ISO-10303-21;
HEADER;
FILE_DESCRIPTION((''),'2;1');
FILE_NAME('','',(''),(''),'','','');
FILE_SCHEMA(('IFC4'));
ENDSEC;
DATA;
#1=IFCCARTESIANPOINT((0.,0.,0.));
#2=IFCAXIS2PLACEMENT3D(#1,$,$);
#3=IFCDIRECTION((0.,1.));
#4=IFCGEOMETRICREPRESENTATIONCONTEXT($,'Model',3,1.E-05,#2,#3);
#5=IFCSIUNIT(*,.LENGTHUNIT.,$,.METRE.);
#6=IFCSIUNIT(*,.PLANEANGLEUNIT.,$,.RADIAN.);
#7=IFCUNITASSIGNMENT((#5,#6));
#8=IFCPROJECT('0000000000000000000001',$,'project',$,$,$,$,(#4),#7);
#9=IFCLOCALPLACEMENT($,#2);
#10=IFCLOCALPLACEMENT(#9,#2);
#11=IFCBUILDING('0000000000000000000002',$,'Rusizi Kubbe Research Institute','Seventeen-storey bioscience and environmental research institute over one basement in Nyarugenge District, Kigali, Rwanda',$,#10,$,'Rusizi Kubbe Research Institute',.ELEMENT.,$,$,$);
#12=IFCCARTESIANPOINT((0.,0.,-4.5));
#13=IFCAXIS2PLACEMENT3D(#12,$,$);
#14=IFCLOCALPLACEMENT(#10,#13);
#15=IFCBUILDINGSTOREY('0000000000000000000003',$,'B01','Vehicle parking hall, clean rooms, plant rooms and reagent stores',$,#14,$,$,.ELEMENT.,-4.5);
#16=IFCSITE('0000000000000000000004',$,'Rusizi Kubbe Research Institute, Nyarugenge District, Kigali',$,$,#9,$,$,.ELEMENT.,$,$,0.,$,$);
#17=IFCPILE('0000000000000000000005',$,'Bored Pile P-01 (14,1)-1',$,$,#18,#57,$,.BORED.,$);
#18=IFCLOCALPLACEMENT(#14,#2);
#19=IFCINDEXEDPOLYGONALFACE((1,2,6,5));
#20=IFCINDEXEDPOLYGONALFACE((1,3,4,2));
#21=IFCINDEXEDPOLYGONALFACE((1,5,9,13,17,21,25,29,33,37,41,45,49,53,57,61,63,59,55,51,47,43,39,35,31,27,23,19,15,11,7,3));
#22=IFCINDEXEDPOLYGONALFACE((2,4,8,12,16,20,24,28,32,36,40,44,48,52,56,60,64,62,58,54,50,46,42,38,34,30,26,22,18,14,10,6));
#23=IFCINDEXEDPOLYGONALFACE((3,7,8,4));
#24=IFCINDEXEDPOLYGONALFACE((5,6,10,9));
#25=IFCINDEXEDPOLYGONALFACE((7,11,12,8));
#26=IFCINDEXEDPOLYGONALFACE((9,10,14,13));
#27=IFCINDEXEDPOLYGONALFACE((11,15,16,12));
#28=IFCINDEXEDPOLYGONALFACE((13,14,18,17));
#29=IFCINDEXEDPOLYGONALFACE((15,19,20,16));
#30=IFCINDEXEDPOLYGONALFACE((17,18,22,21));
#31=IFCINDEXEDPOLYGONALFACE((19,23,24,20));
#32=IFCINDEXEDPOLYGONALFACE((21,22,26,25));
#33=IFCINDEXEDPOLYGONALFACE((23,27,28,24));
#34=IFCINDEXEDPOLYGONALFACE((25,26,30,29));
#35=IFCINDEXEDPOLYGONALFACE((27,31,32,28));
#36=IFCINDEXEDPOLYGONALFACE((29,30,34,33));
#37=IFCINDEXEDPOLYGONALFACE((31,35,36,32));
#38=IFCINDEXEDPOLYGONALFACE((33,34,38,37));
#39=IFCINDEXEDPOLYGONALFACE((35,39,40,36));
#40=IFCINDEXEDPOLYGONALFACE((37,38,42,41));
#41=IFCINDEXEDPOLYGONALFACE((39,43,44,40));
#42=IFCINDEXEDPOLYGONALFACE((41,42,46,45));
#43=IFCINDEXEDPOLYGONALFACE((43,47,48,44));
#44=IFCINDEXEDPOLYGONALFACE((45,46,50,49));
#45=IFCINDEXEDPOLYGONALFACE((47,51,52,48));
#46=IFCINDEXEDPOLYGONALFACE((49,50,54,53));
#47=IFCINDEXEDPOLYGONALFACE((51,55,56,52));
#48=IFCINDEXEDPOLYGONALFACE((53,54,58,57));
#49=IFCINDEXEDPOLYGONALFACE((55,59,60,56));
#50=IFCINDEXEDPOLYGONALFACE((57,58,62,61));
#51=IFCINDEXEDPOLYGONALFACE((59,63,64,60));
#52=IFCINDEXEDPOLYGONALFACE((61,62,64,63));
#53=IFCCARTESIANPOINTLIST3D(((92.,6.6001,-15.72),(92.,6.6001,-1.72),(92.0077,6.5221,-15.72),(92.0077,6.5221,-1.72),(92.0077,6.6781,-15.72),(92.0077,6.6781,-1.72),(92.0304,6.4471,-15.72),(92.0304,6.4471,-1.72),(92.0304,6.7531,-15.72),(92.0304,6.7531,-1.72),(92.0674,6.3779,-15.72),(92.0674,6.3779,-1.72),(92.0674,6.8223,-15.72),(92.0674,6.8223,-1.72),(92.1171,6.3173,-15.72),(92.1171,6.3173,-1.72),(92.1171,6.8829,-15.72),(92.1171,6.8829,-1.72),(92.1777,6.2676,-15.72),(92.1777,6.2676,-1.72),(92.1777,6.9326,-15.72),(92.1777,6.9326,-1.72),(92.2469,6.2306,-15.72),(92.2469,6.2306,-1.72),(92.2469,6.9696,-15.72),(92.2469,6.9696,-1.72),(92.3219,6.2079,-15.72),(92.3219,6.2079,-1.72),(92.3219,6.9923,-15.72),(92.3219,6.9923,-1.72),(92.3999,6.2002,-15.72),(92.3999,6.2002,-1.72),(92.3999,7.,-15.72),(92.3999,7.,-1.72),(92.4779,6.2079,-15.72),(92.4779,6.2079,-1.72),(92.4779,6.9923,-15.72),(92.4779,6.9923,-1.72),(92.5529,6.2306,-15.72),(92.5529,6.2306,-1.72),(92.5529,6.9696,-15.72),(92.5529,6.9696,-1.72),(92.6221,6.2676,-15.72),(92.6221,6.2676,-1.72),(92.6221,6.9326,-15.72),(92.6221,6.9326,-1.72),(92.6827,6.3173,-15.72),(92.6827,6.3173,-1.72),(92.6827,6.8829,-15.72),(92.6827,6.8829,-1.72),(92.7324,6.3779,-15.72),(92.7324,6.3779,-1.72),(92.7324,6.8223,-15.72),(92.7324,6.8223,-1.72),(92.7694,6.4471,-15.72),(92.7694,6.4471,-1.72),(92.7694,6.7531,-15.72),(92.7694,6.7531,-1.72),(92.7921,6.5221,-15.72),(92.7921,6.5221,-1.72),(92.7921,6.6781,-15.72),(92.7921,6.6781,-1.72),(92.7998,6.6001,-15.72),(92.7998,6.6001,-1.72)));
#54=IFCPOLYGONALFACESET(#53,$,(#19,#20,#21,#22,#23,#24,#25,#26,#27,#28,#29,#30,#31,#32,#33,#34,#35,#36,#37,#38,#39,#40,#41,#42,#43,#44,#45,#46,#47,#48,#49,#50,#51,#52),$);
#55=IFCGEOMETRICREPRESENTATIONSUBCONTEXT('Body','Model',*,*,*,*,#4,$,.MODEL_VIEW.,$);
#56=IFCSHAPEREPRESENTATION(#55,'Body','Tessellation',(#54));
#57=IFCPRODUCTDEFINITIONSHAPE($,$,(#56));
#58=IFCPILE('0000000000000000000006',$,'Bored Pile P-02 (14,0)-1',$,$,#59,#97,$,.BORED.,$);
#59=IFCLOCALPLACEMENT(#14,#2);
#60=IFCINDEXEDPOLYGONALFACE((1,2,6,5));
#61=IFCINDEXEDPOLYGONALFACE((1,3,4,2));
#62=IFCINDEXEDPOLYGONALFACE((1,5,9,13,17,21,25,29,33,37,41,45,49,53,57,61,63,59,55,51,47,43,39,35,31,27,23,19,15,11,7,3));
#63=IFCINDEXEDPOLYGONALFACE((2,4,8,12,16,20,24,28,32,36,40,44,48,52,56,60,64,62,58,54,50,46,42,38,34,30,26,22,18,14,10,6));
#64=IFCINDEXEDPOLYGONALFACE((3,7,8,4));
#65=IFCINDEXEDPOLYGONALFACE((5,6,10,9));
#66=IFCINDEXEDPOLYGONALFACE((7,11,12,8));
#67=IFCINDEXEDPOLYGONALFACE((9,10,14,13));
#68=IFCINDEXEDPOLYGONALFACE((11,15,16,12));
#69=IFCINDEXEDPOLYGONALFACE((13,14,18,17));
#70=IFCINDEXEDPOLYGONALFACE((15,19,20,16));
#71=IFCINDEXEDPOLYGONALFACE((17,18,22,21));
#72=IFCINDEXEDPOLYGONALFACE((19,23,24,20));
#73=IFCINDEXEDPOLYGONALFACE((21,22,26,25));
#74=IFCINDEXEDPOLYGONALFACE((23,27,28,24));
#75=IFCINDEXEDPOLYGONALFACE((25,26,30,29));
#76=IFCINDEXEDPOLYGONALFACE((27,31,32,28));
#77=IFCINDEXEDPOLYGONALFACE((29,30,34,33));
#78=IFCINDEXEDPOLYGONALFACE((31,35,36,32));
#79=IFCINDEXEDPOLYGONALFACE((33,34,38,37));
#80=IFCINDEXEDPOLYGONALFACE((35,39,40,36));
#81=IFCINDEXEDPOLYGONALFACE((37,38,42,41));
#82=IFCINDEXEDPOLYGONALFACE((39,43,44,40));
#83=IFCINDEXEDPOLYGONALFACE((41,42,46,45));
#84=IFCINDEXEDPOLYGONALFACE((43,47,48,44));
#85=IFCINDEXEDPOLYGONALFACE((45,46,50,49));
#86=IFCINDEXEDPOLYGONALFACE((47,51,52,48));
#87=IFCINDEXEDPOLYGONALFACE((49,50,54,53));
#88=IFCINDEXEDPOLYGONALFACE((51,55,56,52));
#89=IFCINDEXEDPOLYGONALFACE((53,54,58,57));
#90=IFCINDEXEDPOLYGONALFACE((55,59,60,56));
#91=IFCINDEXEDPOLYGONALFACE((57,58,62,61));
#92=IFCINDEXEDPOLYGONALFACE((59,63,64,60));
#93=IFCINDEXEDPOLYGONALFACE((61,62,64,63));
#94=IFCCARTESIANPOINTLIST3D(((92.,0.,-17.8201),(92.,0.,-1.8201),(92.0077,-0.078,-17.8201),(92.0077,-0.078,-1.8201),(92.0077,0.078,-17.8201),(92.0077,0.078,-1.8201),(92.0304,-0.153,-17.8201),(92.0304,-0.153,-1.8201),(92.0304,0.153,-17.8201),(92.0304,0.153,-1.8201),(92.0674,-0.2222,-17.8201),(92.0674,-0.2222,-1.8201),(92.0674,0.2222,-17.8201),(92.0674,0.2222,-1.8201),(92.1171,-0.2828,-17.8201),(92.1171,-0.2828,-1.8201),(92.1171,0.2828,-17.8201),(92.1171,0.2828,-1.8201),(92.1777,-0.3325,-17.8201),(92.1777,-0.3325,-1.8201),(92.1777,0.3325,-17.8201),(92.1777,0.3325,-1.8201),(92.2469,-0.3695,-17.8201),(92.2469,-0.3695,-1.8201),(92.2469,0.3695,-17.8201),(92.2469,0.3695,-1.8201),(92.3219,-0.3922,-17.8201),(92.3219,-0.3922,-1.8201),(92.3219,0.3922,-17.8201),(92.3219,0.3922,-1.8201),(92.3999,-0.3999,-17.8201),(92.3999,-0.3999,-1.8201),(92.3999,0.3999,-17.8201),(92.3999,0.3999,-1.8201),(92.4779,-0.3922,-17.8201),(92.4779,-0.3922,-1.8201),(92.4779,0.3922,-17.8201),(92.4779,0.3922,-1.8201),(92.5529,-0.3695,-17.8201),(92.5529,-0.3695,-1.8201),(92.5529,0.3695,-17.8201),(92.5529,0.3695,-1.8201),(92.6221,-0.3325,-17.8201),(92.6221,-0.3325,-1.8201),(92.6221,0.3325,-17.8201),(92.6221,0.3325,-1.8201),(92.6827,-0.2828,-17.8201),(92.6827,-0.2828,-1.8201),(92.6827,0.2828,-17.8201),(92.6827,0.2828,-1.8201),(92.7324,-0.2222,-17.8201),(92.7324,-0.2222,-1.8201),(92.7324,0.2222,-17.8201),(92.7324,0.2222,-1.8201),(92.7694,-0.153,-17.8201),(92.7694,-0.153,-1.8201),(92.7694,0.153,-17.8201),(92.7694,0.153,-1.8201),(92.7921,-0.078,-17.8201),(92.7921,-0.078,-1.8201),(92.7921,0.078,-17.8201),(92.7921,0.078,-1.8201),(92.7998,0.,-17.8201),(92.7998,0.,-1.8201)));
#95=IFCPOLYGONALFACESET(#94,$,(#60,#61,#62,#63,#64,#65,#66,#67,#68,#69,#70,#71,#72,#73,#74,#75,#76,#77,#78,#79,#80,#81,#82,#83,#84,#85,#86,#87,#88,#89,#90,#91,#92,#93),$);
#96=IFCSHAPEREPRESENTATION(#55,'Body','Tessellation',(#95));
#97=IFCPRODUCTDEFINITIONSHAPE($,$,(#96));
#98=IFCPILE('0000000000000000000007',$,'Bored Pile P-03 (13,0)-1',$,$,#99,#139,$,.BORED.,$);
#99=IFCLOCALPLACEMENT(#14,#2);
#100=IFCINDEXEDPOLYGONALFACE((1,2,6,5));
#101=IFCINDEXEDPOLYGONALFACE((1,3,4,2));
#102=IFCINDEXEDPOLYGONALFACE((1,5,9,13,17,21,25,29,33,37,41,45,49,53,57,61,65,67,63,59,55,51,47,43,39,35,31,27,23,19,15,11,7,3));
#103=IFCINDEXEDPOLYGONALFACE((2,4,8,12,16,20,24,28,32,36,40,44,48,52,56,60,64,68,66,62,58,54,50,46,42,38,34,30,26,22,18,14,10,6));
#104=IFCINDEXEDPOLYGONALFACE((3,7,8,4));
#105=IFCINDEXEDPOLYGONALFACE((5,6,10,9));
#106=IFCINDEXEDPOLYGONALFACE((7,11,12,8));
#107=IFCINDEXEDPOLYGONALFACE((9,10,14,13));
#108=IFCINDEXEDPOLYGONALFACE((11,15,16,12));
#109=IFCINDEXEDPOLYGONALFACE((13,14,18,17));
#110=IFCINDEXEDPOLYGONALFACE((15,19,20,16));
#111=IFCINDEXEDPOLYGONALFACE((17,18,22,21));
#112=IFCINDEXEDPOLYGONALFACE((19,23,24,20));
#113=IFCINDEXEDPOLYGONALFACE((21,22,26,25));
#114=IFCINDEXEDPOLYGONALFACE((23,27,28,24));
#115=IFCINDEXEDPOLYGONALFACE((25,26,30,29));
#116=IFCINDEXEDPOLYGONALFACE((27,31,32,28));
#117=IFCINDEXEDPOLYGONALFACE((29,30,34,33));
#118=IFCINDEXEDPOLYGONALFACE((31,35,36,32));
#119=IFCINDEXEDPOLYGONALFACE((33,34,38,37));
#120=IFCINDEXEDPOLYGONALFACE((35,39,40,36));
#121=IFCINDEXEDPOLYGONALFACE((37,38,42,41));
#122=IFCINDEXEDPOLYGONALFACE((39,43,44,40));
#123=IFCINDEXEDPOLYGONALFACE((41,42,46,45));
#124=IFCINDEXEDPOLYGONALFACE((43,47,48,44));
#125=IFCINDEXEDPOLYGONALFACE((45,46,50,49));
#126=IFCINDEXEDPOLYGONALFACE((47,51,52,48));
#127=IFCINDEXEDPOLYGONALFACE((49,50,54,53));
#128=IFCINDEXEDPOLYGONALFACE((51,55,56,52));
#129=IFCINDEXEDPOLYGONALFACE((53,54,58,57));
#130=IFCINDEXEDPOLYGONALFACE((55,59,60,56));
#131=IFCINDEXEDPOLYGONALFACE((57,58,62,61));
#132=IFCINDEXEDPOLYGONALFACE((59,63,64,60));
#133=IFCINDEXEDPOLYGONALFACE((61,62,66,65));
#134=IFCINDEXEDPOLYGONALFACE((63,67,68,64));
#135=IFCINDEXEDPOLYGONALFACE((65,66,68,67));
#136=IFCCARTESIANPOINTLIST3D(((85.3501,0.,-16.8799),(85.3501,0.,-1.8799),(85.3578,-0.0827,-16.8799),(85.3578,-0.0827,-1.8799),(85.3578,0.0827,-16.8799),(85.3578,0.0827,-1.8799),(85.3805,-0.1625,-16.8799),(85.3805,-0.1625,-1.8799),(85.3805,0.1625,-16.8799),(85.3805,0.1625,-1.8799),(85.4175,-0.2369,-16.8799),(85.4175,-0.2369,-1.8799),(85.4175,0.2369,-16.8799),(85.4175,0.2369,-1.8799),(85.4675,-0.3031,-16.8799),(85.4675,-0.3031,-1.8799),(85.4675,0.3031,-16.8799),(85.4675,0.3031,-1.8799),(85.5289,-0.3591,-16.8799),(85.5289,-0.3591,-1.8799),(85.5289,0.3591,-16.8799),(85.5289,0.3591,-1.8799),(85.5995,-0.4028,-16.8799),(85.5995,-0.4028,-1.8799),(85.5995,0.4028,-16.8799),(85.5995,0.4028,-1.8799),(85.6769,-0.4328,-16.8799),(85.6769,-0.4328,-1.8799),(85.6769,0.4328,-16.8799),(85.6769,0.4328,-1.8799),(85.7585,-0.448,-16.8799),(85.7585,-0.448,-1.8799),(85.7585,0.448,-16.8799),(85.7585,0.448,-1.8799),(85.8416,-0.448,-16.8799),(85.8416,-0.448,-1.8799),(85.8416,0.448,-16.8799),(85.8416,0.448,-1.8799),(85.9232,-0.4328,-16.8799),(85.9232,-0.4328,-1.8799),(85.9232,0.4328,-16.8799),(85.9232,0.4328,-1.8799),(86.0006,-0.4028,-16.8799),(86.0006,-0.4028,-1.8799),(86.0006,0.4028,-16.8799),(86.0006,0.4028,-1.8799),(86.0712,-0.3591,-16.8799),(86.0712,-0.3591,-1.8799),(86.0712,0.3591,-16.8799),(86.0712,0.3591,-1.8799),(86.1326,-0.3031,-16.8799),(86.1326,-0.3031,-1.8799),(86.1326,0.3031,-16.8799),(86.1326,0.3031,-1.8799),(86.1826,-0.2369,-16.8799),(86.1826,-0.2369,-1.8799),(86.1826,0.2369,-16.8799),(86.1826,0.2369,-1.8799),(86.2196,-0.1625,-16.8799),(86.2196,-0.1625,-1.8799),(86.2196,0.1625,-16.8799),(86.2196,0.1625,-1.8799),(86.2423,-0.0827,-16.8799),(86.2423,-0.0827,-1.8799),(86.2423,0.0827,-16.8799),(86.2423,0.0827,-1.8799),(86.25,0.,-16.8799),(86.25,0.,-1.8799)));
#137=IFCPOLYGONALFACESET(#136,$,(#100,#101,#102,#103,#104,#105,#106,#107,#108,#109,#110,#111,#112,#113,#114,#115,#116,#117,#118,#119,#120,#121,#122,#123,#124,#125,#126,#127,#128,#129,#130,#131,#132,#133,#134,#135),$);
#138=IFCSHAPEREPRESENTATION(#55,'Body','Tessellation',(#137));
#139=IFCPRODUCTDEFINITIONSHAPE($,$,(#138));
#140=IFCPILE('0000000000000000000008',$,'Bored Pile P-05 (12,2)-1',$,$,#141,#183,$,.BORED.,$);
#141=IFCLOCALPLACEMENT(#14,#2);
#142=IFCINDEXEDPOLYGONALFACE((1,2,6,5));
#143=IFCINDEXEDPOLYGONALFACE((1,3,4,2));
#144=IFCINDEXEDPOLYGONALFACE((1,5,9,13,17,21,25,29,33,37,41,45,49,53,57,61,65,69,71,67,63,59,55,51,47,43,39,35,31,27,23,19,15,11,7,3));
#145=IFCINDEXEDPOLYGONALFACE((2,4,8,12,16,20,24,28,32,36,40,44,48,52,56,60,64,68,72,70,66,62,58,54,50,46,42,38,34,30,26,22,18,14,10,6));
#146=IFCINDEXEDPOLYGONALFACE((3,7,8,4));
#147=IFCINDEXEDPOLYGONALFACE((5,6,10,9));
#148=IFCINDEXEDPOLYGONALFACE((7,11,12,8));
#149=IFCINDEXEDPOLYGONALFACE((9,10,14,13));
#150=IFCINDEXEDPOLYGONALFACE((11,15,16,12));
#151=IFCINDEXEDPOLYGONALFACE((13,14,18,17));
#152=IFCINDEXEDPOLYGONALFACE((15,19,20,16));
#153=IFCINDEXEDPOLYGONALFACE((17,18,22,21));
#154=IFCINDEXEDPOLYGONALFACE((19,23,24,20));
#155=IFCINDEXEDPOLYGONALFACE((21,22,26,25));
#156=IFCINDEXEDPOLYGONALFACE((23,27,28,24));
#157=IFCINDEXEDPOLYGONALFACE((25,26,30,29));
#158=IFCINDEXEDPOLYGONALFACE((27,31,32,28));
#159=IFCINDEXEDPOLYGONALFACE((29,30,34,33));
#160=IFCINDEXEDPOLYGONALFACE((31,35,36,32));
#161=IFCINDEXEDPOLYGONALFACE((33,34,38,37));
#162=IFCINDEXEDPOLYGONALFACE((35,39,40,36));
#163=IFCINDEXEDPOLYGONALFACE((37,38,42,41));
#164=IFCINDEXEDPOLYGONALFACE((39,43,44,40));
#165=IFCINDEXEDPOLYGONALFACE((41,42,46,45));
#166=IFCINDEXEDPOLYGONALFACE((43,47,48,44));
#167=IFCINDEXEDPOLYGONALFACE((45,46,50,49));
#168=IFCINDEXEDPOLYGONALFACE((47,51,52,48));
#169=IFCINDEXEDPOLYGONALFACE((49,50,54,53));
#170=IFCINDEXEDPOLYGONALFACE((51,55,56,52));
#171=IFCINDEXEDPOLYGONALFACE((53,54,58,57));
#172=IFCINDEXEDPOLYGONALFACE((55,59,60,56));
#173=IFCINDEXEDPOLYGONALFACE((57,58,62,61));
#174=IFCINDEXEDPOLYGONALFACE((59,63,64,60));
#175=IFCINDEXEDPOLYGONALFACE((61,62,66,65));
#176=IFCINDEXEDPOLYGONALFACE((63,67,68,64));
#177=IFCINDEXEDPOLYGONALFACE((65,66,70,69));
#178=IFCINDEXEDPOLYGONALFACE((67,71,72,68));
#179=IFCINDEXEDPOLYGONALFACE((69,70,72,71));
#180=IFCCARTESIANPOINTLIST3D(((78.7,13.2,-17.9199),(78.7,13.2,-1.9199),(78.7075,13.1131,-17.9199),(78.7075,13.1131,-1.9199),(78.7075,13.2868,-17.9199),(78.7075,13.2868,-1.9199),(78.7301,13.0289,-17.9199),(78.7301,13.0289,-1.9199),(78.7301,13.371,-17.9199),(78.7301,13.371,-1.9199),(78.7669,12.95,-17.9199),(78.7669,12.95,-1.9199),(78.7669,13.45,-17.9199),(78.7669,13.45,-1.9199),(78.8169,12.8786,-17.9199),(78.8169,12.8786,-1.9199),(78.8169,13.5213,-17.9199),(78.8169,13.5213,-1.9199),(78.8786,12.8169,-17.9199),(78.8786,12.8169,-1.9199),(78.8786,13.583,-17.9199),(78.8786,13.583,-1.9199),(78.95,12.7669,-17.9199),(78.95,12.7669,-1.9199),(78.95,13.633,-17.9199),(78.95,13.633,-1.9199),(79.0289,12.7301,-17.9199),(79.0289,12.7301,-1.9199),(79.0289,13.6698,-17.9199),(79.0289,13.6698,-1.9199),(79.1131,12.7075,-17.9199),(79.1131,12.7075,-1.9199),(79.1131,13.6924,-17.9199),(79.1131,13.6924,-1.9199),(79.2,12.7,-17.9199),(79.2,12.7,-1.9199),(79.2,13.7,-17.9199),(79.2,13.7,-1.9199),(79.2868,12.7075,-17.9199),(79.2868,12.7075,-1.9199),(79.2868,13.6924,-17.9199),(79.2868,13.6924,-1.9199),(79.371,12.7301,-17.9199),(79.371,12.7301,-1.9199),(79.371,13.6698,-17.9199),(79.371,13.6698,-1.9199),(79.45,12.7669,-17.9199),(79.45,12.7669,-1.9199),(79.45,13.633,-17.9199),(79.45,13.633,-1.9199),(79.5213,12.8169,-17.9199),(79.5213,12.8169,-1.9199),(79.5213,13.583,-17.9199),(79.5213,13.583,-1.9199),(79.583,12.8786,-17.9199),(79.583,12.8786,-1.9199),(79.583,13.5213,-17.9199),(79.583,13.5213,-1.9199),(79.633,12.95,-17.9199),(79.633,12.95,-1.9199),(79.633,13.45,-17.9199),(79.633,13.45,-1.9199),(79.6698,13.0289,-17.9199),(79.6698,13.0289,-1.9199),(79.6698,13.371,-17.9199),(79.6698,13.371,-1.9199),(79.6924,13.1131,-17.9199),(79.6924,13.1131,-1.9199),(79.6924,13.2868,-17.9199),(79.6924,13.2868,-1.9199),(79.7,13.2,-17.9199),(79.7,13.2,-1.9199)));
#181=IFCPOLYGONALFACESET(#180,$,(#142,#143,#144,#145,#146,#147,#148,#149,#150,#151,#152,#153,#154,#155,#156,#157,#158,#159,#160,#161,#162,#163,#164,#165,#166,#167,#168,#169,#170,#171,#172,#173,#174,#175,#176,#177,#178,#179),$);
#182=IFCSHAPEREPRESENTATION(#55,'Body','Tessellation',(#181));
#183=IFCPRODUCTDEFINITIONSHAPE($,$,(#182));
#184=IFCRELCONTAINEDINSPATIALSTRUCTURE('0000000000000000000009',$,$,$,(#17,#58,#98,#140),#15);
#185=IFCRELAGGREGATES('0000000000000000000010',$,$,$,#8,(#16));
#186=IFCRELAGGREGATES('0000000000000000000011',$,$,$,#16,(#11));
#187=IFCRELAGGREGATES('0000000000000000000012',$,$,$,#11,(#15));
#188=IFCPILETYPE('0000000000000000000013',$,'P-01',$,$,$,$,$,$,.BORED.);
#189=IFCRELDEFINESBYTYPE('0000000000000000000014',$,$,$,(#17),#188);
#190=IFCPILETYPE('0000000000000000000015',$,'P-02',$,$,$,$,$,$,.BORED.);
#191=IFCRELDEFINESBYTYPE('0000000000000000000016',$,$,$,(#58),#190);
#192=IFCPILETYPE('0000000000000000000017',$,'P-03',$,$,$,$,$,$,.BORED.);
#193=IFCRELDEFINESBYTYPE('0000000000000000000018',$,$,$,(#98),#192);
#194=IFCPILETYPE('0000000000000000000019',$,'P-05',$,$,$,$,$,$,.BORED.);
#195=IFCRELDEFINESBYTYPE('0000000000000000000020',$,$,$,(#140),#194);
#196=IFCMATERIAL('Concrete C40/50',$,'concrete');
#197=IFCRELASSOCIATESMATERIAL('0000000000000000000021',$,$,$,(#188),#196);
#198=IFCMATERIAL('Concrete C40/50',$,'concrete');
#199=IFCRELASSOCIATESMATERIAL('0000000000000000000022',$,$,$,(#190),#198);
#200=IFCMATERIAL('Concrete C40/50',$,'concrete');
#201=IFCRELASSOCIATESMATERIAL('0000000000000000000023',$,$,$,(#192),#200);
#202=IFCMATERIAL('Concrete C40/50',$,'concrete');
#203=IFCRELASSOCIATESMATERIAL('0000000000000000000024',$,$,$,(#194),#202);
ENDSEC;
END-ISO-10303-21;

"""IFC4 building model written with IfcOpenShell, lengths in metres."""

from ifc_helpers import new_model, si_unit, direction, frame, origin, origin_2d, place, context, subcontext, project, spatial, circle, extrude, material, material_profile, profile_set, type_object, element, save


model = new_model("IFC4")

# Units and contexts
model_context = context("Model", 3, precision=1e-05, world=origin(), true_north=direction((0.0, 1.0)))
body_context = subcontext(model_context, "Body", "Model", "MODEL_VIEW")
ifc_project = project(units=[si_unit("LENGTHUNIT", "METRE"), si_unit("PLANEANGLEUNIT", "RADIAN")], contexts=[model_context])

# Site, building, storey
site_placement = place(None, origin())
site = spatial("IfcSite", under=ifc_project, at=site_placement, Name="Rusizi Kubbe Research Institute, Nyarugenge District, Kigali", CompositionType="ELEMENT", RefElevation=0.0)
building_placement = place(site_placement, origin())
building = spatial("IfcBuilding", under=site, at=building_placement, Name="Rusizi Kubbe Research Institute", Description="Seventeen-storey bioscience and environmental research institute over one basement in Nyarugenge District, Kigali, Rwanda", LongName="Rusizi Kubbe Research Institute", CompositionType="ELEMENT")
storey_placement = place(building_placement, frame((0.0, 0.0, -4.5)))
storey = spatial("IfcBuildingStorey", under=building, at=storey_placement, Name="B01", Description="Vehicle parking hall, clean rooms, plant rooms and reagent stores", CompositionType="ELEMENT", Elevation=-4.5)

# Piles
ifc_material_1 = material(Name="Concrete C40/50", Category="concrete")
ifc_material_profile_1 = material_profile(ifc_material_1, circle(Radius=0.3999, at=origin_2d()), Name="PILE-D800")
ifc_profile_set_1 = profile_set([ifc_material_profile_1], Name="Concrete C40/50")
pile_type_1 = type_object("IfcPileType", Name="P-01", PredefinedType="BORED", material=ifc_profile_set_1)
pile_1_placement = place(storey_placement, frame((92.3999, 6.6001, -1.72), z_axis=(0.0, 0.0, -1.0), x_axis=(1.0, 0.0, 0.0)))
element("IfcPile", 1, at=pile_1_placement, inside=storey, type_object=pile_type_1, Name="Bored Pile P-01 (14,1)-1", PredefinedType="BORED", context=body_context, shape_type="SweptSolid", body=[
    extrude(circle(Radius=0.3999, at=origin_2d()), origin(), (0.0, 0.0, 1.0), 14.0),
])
ifc_material_2 = material(Name="Concrete C40/50", Category="concrete")
ifc_material_profile_2 = material_profile(ifc_material_2, circle(Radius=0.3999, at=origin_2d()), Name="PILE-D800")
ifc_profile_set_2 = profile_set([ifc_material_profile_2], Name="Concrete C40/50")
pile_type_2 = type_object("IfcPileType", Name="P-02", PredefinedType="BORED", material=ifc_profile_set_2)
pile_2_placement = place(storey_placement, frame((92.3999, 0.0, -1.8201), z_axis=(0.0, 0.0, -1.0), x_axis=(1.0, 0.0, 0.0)))
element("IfcPile", 2, at=pile_2_placement, inside=storey, type_object=pile_type_2, Name="Bored Pile P-02 (14,0)-1", PredefinedType="BORED", context=body_context, shape_type="SweptSolid", body=[
    extrude(circle(Radius=0.3999, at=origin_2d()), origin(), (0.0, 0.0, 1.0), 16.0),
])
ifc_material_3 = material(Name="Concrete C40/50", Category="concrete")
ifc_material_profile_3 = material_profile(ifc_material_3, circle(Radius=0.45, at=origin_2d()), Name="PILE-D900")
ifc_profile_set_3 = profile_set([ifc_material_profile_3], Name="Concrete C40/50")
pile_type_3 = type_object("IfcPileType", Name="P-03", PredefinedType="BORED", material=ifc_profile_set_3)
pile_3_placement = place(storey_placement, frame((85.8, 0.0, -1.8799), z_axis=(0.0, 0.0, -1.0), x_axis=(1.0, 0.0, 0.0)))
element("IfcPile", 3, at=pile_3_placement, inside=storey, type_object=pile_type_3, Name="Bored Pile P-03 (13,0)-1", PredefinedType="BORED", context=body_context, shape_type="SweptSolid", body=[
    extrude(circle(Radius=0.45, at=origin_2d()), origin(), (0.0, 0.0, 1.0), 15.0),
])
ifc_material_4 = material(Name="Concrete C40/50", Category="concrete")
ifc_material_profile_4 = material_profile(ifc_material_4, circle(Radius=0.5, at=origin_2d()), Name="PILE-D1000")
ifc_profile_set_4 = profile_set([ifc_material_profile_4], Name="Concrete C40/50")
pile_type_4 = type_object("IfcPileType", Name="P-05", PredefinedType="BORED", material=ifc_profile_set_4)
pile_4_placement = place(storey_placement, frame((79.2, 13.2, -1.9199), z_axis=(0.0, 0.0, -1.0), x_axis=(1.0, 0.0, 0.0)))
element("IfcPile", 4, at=pile_4_placement, inside=storey, type_object=pile_type_4, Name="Bored Pile P-05 (12,2)-1", PredefinedType="BORED", context=body_context, shape_type="SweptSolid", body=[
    extrude(circle(Radius=0.5, at=origin_2d()), origin(), (0.0, 0.0, 1.0), 16.0),
])

save(model, "model.ifc")
